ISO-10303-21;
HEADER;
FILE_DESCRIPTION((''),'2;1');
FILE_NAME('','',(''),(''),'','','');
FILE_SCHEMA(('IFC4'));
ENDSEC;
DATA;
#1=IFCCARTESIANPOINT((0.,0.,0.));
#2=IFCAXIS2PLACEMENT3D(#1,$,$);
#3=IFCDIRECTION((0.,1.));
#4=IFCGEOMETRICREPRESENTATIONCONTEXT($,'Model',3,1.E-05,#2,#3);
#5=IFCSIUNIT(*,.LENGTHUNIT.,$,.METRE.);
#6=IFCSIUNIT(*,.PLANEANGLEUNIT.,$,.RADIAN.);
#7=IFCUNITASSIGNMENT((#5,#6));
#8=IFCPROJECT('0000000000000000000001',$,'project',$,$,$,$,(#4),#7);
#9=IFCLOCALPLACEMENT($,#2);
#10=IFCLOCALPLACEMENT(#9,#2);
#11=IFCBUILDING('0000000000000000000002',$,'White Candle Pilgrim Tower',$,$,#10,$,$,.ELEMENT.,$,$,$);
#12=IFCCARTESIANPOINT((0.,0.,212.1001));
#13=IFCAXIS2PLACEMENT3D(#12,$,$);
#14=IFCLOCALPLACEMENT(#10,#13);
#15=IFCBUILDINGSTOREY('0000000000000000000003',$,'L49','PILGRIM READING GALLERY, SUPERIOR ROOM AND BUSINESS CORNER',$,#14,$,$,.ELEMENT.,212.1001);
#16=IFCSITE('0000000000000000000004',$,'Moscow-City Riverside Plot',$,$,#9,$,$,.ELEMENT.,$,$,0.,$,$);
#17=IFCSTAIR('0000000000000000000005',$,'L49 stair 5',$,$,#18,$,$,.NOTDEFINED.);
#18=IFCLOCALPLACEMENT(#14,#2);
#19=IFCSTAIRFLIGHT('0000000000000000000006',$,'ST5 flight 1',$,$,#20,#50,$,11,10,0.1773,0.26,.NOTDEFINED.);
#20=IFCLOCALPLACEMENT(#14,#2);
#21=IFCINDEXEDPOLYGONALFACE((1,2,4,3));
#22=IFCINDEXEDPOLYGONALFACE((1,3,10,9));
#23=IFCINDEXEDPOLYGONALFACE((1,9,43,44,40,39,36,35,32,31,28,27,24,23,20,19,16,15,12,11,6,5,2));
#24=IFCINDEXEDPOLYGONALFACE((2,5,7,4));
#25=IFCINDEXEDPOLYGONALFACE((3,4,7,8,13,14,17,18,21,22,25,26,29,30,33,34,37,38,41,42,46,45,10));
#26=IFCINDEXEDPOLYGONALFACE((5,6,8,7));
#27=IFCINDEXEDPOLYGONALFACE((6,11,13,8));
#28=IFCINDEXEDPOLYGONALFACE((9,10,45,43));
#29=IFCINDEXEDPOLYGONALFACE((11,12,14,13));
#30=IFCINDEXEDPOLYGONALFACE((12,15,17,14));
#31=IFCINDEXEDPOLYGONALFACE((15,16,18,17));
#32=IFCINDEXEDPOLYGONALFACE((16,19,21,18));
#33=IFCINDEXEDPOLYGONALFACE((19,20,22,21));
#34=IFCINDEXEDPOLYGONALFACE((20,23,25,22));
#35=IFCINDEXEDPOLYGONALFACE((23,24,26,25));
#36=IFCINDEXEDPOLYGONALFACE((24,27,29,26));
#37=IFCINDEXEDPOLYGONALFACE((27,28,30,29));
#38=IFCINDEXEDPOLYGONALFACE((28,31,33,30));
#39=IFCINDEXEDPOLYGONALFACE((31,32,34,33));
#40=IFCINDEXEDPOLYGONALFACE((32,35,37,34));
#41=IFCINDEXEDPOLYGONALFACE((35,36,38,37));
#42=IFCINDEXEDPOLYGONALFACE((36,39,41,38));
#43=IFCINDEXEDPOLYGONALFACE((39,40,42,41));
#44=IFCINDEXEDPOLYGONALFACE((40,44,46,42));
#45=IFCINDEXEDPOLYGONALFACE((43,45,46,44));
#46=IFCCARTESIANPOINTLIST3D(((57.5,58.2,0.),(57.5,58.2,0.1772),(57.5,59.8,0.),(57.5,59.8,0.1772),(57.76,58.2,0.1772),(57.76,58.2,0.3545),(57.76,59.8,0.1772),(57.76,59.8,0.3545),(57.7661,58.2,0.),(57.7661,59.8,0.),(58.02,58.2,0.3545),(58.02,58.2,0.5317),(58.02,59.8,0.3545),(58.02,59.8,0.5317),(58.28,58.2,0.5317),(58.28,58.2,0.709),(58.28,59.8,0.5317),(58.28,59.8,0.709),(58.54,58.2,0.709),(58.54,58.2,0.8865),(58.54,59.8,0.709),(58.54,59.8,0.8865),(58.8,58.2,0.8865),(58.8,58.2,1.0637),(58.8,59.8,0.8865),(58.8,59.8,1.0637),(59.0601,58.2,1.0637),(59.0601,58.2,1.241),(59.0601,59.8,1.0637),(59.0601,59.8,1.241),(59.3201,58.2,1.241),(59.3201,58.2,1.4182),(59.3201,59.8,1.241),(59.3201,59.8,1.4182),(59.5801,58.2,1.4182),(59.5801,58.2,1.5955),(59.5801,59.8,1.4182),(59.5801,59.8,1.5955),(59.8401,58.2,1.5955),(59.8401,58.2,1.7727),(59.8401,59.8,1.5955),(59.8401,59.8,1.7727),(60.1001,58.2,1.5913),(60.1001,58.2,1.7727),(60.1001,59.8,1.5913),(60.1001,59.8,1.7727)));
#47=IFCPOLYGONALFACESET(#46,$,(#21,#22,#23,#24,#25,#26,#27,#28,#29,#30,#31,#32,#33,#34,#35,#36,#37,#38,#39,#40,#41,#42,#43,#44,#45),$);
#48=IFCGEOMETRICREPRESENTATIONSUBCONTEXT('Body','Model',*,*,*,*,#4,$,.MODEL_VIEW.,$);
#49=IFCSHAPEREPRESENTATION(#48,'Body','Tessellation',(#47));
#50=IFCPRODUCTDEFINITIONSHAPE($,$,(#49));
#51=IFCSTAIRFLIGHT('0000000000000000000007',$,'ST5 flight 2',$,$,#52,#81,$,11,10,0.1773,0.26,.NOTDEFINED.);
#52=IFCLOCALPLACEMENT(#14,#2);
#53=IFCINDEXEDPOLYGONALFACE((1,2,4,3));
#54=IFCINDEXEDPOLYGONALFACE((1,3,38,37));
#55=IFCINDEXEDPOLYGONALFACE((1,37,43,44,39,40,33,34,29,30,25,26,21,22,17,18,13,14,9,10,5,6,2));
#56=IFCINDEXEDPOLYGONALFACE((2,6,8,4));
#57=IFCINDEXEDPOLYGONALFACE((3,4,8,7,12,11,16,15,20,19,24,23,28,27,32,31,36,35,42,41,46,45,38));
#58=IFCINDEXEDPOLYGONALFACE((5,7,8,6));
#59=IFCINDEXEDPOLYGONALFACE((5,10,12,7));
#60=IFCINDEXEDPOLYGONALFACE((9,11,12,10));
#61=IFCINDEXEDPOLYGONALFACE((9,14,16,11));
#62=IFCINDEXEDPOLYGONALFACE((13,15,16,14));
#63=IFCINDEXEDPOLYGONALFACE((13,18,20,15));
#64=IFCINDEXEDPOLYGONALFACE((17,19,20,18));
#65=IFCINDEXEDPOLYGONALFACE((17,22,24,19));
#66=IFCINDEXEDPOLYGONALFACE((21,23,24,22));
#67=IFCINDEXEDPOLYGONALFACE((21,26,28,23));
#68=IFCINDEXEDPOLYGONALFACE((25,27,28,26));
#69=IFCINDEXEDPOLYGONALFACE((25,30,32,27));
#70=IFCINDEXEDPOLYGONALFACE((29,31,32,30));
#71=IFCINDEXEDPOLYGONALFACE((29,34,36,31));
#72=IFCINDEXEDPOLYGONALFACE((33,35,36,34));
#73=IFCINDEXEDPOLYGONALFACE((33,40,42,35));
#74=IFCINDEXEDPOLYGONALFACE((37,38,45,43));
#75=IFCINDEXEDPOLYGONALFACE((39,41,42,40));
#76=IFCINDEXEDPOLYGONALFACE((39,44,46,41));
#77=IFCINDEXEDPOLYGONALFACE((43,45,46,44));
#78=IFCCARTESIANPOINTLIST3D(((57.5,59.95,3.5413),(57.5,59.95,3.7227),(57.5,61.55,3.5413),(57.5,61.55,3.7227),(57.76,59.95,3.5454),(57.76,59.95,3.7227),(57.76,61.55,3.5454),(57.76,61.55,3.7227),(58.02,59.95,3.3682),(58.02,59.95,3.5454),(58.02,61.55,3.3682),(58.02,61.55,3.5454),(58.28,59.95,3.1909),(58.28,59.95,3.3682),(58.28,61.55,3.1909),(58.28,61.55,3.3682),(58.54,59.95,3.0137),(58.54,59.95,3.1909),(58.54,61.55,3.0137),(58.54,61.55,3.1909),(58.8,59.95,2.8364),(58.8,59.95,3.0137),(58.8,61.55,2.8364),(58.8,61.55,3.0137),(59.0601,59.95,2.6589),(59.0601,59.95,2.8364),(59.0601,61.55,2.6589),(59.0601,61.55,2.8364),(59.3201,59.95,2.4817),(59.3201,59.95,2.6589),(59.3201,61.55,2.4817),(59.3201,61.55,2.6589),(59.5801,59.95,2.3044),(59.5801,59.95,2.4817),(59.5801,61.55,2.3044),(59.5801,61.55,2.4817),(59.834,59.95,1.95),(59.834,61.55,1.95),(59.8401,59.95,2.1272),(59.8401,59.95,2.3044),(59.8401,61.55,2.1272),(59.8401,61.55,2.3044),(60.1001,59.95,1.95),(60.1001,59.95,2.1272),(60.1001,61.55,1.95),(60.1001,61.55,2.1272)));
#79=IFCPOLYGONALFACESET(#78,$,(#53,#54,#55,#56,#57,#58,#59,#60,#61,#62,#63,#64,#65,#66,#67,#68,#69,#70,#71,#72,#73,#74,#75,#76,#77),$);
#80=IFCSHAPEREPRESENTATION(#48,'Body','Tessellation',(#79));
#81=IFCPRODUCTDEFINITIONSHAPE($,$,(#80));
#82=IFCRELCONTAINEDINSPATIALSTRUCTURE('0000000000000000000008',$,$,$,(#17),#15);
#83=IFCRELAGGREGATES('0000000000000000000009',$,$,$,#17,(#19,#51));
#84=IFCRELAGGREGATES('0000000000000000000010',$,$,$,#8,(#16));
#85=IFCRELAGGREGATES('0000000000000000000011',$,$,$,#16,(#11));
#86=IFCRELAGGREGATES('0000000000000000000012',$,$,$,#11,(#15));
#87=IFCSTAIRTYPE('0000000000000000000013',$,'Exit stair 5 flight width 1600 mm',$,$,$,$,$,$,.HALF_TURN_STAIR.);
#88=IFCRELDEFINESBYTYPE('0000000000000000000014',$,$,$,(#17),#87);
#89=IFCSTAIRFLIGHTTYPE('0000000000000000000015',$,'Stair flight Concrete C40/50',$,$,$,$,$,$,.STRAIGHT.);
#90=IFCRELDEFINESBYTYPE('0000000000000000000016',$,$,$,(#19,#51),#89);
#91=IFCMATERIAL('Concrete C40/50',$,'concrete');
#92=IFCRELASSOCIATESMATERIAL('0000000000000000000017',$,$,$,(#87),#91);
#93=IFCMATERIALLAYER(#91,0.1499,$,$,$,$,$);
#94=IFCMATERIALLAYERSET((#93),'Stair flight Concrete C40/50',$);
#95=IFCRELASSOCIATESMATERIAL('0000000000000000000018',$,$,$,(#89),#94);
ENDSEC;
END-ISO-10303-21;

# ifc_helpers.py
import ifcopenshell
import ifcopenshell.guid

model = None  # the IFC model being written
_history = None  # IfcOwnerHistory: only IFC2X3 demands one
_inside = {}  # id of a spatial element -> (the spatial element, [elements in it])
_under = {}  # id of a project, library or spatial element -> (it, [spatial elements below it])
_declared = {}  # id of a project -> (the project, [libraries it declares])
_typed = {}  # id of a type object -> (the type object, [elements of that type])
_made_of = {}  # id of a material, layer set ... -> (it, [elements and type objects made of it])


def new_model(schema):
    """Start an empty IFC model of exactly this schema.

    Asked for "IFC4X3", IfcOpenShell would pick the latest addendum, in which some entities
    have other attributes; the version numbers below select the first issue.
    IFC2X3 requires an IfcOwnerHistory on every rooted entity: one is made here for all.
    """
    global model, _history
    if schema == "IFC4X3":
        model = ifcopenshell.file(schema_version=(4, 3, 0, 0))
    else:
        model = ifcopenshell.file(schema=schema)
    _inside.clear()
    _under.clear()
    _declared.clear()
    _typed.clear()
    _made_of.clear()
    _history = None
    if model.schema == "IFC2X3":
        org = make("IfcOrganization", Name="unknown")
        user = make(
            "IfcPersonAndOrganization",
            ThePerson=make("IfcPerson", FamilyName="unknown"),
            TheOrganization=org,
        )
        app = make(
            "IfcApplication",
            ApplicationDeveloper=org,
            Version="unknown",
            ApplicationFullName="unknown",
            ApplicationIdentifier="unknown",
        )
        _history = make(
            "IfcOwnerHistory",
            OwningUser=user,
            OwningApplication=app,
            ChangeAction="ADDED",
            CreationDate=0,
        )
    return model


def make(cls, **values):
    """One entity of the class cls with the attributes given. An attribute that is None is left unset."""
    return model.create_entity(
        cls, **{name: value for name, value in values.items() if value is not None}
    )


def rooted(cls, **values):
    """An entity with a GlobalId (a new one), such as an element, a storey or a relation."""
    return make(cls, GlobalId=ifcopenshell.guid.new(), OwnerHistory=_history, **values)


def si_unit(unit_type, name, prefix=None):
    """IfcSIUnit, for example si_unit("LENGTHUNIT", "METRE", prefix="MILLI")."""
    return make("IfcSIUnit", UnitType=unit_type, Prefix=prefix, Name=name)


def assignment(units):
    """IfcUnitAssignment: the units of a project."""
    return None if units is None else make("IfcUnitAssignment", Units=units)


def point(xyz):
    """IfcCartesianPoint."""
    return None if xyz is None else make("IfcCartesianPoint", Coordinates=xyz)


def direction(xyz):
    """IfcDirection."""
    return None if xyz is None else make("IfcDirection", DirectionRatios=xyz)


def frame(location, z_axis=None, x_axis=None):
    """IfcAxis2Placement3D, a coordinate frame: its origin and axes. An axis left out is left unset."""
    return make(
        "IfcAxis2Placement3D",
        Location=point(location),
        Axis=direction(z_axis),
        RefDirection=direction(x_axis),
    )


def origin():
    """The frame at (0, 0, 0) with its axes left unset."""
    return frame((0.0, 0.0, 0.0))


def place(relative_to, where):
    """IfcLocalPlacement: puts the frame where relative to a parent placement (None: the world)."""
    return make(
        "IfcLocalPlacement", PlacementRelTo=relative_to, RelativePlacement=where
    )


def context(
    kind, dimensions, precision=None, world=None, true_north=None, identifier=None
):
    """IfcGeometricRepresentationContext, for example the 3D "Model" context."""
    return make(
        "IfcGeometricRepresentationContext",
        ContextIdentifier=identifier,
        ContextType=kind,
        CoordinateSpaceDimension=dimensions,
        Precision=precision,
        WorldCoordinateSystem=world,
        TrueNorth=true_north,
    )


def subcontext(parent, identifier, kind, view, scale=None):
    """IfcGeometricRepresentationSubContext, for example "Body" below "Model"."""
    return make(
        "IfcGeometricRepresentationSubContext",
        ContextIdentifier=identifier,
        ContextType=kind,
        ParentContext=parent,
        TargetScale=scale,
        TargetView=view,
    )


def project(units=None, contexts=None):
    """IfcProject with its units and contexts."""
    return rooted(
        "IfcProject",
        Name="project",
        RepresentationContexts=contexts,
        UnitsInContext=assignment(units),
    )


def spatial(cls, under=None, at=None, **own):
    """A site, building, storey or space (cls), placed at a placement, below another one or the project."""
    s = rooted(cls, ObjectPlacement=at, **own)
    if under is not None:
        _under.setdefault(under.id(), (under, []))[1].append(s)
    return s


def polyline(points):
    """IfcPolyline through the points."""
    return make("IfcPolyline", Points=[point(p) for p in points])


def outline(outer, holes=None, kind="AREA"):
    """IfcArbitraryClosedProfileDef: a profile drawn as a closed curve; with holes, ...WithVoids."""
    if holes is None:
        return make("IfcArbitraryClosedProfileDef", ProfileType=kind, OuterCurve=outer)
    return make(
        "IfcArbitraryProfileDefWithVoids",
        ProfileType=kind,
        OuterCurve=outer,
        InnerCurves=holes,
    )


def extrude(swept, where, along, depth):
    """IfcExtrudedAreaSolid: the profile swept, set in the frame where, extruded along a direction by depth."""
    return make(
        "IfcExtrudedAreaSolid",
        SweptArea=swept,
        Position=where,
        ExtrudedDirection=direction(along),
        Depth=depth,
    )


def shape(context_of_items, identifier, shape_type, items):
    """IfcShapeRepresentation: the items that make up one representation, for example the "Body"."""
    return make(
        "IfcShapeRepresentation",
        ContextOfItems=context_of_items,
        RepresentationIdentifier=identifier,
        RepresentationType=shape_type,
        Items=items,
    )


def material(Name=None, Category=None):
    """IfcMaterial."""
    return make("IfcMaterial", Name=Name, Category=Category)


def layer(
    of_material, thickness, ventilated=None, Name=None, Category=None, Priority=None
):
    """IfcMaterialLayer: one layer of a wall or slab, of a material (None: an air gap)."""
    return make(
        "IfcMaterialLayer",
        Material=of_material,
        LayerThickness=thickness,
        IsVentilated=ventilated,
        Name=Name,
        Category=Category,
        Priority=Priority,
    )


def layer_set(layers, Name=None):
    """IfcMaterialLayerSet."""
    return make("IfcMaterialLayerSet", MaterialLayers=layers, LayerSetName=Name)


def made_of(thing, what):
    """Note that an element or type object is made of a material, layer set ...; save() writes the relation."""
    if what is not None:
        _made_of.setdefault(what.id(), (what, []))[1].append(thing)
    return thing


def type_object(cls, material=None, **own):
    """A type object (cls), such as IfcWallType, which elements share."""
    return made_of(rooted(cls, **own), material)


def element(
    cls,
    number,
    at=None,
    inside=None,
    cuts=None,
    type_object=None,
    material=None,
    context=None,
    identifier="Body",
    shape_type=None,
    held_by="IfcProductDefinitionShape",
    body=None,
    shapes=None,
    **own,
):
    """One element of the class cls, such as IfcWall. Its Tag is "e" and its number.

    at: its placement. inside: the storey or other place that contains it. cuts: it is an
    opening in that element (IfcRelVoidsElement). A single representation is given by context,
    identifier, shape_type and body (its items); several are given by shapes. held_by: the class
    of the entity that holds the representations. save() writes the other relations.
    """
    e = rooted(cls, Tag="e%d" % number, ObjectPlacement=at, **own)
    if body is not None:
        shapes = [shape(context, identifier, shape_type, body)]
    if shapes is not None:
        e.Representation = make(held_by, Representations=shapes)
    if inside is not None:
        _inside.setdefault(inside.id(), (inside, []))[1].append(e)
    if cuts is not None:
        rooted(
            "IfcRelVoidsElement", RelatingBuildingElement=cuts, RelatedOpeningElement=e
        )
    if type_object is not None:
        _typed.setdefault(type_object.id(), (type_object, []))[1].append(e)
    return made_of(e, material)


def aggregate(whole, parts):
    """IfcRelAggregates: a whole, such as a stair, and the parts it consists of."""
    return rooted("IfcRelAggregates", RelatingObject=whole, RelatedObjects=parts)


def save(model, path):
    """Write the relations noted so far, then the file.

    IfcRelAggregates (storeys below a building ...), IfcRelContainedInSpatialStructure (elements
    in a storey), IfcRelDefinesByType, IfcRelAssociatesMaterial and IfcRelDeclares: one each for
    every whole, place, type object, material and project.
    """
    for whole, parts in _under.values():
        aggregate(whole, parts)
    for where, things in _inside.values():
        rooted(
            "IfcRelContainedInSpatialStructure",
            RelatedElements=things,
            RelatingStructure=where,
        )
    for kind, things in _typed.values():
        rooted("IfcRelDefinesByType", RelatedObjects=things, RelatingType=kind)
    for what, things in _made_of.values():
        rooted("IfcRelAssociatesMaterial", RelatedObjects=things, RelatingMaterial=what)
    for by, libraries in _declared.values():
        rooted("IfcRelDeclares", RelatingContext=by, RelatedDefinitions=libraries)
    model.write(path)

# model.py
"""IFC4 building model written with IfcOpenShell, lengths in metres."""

from ifc_helpers import new_model, si_unit, direction, frame, origin, place, context, subcontext, project, spatial, polyline, outline, extrude, material, layer, layer_set, type_object, element, aggregate, save


model = new_model("IFC4")

# Units and contexts
model_context = context("Model", 3, precision=1e-05, world=origin(), true_north=direction((0.0, 1.0)))
body_context = subcontext(model_context, "Body", "Model", "MODEL_VIEW")
ifc_project = project(units=[si_unit("LENGTHUNIT", "METRE"), si_unit("PLANEANGLEUNIT", "RADIAN")], contexts=[model_context])

# Site, building, storey
site_placement = place(None, origin())
site = spatial("IfcSite", under=ifc_project, at=site_placement, Name="Moscow-City Riverside Plot", CompositionType="ELEMENT", RefElevation=0.0)
building_placement = place(site_placement, origin())
building = spatial("IfcBuilding", under=site, at=building_placement, Name="White Candle Pilgrim Tower", CompositionType="ELEMENT")
storey_placement = place(building_placement, frame((0.0, 0.0, 212.1001)))
storey = spatial("IfcBuildingStorey", under=building, at=storey_placement, Name="L49", Description="PILGRIM READING GALLERY, SUPERIOR ROOM AND BUSINESS CORNER", CompositionType="ELEMENT", Elevation=212.1001)

# Stair, stair flights
ifc_material_1 = material(Name="Concrete C40/50", Category="concrete")
stair_type = type_object("IfcStairType", Name="Exit stair 5 flight width 1600 mm", PredefinedType="HALF_TURN_STAIR", material=ifc_material_1)
stair_placement = place(storey_placement, origin())
stair = element("IfcStair", 1, at=stair_placement, inside=storey, type_object=stair_type, Name="L49 stair 5", PredefinedType="NOTDEFINED")
ifc_layer_1 = layer(ifc_material_1, 0.1499)
ifc_layer_set_1 = layer_set([ifc_layer_1], Name="Stair flight Concrete C40/50")
stair_flight_type = type_object("IfcStairFlightType", Name="Stair flight Concrete C40/50", PredefinedType="STRAIGHT", material=ifc_layer_set_1)
stair_flight_1_placement = place(storey_placement, frame((57.5, 59.0, 0.0), z_axis=(0.0, 0.0, 1.0), x_axis=(1.0, 0.0, 0.0)))
stair_flight_1 = element("IfcStairFlight", 2, at=stair_flight_1_placement, type_object=stair_flight_type, Name="ST5 flight 1", NumberOfRisers=11, NumberOfTreads=10, PredefinedType="NOTDEFINED", RiserHeight=0.1773, TreadLength=0.26, context=body_context, shape_type="SweptSolid", body=[
    extrude(outline(polyline([(0.0, 0.0), (0.0, 0.1772), (0.26, 0.1772), (0.26, 0.3545), (0.52, 0.3545), (0.52, 0.5317), (0.78, 0.5317), (0.78, 0.709), (1.04, 0.709), (1.04, 0.8865), (1.3, 0.8865), (1.3, 1.0637), (1.5601, 1.0637), (1.5601, 1.241), (1.8201, 1.241), (1.8201, 1.4182), (2.0801, 1.4182), (2.0801, 1.5955), (2.3401, 1.5955), (2.3401, 1.7727), (2.6001, 1.7727), (2.6001, 1.95), (2.6001, 1.5913), (0.2661, 0.0), (0.0, 0.0)])), frame((0.0, 0.8, 0.0), z_axis=(0.0, -1.0, 0.0), x_axis=(1.0, 0.0, 0.0)), (0.0, 0.0, 1.0), 1.6001),
])
stair_flight_2_placement = place(storey_placement, frame((60.1001, 60.75, 1.95), z_axis=(0.0, 0.0, 1.0), x_axis=(-1.0, 0.0, 0.0)))
stair_flight_2 = element("IfcStairFlight", 3, at=stair_flight_2_placement, type_object=stair_flight_type, Name="ST5 flight 2", NumberOfRisers=11, NumberOfTreads=10, PredefinedType="NOTDEFINED", RiserHeight=0.1773, TreadLength=0.26, context=body_context, shape_type="SweptSolid", body=[
    extrude(outline(polyline([(0.0, 0.0), (0.0, 0.1772), (0.26, 0.1772), (0.26, 0.3545), (0.52, 0.3545), (0.52, 0.5317), (0.78, 0.5317), (0.78, 0.709), (1.04, 0.709), (1.04, 0.8865), (1.3, 0.8865), (1.3, 1.0637), (1.5601, 1.0637), (1.5601, 1.241), (1.8201, 1.241), (1.8201, 1.4182), (2.0801, 1.4182), (2.0801, 1.5955), (2.3401, 1.5955), (2.3401, 1.7727), (2.6001, 1.7727), (2.6001, 1.95), (2.6001, 1.5913), (0.2661, 0.0), (0.0, 0.0)])), frame((0.0, 0.8, 0.0), z_axis=(0.0, -1.0, 0.0), x_axis=(1.0, 0.0, 0.0)), (0.0, 0.0, 1.0), 1.6001),
])
aggregate(stair, [stair_flight_1, stair_flight_2])

save(model, "model.ifc")
